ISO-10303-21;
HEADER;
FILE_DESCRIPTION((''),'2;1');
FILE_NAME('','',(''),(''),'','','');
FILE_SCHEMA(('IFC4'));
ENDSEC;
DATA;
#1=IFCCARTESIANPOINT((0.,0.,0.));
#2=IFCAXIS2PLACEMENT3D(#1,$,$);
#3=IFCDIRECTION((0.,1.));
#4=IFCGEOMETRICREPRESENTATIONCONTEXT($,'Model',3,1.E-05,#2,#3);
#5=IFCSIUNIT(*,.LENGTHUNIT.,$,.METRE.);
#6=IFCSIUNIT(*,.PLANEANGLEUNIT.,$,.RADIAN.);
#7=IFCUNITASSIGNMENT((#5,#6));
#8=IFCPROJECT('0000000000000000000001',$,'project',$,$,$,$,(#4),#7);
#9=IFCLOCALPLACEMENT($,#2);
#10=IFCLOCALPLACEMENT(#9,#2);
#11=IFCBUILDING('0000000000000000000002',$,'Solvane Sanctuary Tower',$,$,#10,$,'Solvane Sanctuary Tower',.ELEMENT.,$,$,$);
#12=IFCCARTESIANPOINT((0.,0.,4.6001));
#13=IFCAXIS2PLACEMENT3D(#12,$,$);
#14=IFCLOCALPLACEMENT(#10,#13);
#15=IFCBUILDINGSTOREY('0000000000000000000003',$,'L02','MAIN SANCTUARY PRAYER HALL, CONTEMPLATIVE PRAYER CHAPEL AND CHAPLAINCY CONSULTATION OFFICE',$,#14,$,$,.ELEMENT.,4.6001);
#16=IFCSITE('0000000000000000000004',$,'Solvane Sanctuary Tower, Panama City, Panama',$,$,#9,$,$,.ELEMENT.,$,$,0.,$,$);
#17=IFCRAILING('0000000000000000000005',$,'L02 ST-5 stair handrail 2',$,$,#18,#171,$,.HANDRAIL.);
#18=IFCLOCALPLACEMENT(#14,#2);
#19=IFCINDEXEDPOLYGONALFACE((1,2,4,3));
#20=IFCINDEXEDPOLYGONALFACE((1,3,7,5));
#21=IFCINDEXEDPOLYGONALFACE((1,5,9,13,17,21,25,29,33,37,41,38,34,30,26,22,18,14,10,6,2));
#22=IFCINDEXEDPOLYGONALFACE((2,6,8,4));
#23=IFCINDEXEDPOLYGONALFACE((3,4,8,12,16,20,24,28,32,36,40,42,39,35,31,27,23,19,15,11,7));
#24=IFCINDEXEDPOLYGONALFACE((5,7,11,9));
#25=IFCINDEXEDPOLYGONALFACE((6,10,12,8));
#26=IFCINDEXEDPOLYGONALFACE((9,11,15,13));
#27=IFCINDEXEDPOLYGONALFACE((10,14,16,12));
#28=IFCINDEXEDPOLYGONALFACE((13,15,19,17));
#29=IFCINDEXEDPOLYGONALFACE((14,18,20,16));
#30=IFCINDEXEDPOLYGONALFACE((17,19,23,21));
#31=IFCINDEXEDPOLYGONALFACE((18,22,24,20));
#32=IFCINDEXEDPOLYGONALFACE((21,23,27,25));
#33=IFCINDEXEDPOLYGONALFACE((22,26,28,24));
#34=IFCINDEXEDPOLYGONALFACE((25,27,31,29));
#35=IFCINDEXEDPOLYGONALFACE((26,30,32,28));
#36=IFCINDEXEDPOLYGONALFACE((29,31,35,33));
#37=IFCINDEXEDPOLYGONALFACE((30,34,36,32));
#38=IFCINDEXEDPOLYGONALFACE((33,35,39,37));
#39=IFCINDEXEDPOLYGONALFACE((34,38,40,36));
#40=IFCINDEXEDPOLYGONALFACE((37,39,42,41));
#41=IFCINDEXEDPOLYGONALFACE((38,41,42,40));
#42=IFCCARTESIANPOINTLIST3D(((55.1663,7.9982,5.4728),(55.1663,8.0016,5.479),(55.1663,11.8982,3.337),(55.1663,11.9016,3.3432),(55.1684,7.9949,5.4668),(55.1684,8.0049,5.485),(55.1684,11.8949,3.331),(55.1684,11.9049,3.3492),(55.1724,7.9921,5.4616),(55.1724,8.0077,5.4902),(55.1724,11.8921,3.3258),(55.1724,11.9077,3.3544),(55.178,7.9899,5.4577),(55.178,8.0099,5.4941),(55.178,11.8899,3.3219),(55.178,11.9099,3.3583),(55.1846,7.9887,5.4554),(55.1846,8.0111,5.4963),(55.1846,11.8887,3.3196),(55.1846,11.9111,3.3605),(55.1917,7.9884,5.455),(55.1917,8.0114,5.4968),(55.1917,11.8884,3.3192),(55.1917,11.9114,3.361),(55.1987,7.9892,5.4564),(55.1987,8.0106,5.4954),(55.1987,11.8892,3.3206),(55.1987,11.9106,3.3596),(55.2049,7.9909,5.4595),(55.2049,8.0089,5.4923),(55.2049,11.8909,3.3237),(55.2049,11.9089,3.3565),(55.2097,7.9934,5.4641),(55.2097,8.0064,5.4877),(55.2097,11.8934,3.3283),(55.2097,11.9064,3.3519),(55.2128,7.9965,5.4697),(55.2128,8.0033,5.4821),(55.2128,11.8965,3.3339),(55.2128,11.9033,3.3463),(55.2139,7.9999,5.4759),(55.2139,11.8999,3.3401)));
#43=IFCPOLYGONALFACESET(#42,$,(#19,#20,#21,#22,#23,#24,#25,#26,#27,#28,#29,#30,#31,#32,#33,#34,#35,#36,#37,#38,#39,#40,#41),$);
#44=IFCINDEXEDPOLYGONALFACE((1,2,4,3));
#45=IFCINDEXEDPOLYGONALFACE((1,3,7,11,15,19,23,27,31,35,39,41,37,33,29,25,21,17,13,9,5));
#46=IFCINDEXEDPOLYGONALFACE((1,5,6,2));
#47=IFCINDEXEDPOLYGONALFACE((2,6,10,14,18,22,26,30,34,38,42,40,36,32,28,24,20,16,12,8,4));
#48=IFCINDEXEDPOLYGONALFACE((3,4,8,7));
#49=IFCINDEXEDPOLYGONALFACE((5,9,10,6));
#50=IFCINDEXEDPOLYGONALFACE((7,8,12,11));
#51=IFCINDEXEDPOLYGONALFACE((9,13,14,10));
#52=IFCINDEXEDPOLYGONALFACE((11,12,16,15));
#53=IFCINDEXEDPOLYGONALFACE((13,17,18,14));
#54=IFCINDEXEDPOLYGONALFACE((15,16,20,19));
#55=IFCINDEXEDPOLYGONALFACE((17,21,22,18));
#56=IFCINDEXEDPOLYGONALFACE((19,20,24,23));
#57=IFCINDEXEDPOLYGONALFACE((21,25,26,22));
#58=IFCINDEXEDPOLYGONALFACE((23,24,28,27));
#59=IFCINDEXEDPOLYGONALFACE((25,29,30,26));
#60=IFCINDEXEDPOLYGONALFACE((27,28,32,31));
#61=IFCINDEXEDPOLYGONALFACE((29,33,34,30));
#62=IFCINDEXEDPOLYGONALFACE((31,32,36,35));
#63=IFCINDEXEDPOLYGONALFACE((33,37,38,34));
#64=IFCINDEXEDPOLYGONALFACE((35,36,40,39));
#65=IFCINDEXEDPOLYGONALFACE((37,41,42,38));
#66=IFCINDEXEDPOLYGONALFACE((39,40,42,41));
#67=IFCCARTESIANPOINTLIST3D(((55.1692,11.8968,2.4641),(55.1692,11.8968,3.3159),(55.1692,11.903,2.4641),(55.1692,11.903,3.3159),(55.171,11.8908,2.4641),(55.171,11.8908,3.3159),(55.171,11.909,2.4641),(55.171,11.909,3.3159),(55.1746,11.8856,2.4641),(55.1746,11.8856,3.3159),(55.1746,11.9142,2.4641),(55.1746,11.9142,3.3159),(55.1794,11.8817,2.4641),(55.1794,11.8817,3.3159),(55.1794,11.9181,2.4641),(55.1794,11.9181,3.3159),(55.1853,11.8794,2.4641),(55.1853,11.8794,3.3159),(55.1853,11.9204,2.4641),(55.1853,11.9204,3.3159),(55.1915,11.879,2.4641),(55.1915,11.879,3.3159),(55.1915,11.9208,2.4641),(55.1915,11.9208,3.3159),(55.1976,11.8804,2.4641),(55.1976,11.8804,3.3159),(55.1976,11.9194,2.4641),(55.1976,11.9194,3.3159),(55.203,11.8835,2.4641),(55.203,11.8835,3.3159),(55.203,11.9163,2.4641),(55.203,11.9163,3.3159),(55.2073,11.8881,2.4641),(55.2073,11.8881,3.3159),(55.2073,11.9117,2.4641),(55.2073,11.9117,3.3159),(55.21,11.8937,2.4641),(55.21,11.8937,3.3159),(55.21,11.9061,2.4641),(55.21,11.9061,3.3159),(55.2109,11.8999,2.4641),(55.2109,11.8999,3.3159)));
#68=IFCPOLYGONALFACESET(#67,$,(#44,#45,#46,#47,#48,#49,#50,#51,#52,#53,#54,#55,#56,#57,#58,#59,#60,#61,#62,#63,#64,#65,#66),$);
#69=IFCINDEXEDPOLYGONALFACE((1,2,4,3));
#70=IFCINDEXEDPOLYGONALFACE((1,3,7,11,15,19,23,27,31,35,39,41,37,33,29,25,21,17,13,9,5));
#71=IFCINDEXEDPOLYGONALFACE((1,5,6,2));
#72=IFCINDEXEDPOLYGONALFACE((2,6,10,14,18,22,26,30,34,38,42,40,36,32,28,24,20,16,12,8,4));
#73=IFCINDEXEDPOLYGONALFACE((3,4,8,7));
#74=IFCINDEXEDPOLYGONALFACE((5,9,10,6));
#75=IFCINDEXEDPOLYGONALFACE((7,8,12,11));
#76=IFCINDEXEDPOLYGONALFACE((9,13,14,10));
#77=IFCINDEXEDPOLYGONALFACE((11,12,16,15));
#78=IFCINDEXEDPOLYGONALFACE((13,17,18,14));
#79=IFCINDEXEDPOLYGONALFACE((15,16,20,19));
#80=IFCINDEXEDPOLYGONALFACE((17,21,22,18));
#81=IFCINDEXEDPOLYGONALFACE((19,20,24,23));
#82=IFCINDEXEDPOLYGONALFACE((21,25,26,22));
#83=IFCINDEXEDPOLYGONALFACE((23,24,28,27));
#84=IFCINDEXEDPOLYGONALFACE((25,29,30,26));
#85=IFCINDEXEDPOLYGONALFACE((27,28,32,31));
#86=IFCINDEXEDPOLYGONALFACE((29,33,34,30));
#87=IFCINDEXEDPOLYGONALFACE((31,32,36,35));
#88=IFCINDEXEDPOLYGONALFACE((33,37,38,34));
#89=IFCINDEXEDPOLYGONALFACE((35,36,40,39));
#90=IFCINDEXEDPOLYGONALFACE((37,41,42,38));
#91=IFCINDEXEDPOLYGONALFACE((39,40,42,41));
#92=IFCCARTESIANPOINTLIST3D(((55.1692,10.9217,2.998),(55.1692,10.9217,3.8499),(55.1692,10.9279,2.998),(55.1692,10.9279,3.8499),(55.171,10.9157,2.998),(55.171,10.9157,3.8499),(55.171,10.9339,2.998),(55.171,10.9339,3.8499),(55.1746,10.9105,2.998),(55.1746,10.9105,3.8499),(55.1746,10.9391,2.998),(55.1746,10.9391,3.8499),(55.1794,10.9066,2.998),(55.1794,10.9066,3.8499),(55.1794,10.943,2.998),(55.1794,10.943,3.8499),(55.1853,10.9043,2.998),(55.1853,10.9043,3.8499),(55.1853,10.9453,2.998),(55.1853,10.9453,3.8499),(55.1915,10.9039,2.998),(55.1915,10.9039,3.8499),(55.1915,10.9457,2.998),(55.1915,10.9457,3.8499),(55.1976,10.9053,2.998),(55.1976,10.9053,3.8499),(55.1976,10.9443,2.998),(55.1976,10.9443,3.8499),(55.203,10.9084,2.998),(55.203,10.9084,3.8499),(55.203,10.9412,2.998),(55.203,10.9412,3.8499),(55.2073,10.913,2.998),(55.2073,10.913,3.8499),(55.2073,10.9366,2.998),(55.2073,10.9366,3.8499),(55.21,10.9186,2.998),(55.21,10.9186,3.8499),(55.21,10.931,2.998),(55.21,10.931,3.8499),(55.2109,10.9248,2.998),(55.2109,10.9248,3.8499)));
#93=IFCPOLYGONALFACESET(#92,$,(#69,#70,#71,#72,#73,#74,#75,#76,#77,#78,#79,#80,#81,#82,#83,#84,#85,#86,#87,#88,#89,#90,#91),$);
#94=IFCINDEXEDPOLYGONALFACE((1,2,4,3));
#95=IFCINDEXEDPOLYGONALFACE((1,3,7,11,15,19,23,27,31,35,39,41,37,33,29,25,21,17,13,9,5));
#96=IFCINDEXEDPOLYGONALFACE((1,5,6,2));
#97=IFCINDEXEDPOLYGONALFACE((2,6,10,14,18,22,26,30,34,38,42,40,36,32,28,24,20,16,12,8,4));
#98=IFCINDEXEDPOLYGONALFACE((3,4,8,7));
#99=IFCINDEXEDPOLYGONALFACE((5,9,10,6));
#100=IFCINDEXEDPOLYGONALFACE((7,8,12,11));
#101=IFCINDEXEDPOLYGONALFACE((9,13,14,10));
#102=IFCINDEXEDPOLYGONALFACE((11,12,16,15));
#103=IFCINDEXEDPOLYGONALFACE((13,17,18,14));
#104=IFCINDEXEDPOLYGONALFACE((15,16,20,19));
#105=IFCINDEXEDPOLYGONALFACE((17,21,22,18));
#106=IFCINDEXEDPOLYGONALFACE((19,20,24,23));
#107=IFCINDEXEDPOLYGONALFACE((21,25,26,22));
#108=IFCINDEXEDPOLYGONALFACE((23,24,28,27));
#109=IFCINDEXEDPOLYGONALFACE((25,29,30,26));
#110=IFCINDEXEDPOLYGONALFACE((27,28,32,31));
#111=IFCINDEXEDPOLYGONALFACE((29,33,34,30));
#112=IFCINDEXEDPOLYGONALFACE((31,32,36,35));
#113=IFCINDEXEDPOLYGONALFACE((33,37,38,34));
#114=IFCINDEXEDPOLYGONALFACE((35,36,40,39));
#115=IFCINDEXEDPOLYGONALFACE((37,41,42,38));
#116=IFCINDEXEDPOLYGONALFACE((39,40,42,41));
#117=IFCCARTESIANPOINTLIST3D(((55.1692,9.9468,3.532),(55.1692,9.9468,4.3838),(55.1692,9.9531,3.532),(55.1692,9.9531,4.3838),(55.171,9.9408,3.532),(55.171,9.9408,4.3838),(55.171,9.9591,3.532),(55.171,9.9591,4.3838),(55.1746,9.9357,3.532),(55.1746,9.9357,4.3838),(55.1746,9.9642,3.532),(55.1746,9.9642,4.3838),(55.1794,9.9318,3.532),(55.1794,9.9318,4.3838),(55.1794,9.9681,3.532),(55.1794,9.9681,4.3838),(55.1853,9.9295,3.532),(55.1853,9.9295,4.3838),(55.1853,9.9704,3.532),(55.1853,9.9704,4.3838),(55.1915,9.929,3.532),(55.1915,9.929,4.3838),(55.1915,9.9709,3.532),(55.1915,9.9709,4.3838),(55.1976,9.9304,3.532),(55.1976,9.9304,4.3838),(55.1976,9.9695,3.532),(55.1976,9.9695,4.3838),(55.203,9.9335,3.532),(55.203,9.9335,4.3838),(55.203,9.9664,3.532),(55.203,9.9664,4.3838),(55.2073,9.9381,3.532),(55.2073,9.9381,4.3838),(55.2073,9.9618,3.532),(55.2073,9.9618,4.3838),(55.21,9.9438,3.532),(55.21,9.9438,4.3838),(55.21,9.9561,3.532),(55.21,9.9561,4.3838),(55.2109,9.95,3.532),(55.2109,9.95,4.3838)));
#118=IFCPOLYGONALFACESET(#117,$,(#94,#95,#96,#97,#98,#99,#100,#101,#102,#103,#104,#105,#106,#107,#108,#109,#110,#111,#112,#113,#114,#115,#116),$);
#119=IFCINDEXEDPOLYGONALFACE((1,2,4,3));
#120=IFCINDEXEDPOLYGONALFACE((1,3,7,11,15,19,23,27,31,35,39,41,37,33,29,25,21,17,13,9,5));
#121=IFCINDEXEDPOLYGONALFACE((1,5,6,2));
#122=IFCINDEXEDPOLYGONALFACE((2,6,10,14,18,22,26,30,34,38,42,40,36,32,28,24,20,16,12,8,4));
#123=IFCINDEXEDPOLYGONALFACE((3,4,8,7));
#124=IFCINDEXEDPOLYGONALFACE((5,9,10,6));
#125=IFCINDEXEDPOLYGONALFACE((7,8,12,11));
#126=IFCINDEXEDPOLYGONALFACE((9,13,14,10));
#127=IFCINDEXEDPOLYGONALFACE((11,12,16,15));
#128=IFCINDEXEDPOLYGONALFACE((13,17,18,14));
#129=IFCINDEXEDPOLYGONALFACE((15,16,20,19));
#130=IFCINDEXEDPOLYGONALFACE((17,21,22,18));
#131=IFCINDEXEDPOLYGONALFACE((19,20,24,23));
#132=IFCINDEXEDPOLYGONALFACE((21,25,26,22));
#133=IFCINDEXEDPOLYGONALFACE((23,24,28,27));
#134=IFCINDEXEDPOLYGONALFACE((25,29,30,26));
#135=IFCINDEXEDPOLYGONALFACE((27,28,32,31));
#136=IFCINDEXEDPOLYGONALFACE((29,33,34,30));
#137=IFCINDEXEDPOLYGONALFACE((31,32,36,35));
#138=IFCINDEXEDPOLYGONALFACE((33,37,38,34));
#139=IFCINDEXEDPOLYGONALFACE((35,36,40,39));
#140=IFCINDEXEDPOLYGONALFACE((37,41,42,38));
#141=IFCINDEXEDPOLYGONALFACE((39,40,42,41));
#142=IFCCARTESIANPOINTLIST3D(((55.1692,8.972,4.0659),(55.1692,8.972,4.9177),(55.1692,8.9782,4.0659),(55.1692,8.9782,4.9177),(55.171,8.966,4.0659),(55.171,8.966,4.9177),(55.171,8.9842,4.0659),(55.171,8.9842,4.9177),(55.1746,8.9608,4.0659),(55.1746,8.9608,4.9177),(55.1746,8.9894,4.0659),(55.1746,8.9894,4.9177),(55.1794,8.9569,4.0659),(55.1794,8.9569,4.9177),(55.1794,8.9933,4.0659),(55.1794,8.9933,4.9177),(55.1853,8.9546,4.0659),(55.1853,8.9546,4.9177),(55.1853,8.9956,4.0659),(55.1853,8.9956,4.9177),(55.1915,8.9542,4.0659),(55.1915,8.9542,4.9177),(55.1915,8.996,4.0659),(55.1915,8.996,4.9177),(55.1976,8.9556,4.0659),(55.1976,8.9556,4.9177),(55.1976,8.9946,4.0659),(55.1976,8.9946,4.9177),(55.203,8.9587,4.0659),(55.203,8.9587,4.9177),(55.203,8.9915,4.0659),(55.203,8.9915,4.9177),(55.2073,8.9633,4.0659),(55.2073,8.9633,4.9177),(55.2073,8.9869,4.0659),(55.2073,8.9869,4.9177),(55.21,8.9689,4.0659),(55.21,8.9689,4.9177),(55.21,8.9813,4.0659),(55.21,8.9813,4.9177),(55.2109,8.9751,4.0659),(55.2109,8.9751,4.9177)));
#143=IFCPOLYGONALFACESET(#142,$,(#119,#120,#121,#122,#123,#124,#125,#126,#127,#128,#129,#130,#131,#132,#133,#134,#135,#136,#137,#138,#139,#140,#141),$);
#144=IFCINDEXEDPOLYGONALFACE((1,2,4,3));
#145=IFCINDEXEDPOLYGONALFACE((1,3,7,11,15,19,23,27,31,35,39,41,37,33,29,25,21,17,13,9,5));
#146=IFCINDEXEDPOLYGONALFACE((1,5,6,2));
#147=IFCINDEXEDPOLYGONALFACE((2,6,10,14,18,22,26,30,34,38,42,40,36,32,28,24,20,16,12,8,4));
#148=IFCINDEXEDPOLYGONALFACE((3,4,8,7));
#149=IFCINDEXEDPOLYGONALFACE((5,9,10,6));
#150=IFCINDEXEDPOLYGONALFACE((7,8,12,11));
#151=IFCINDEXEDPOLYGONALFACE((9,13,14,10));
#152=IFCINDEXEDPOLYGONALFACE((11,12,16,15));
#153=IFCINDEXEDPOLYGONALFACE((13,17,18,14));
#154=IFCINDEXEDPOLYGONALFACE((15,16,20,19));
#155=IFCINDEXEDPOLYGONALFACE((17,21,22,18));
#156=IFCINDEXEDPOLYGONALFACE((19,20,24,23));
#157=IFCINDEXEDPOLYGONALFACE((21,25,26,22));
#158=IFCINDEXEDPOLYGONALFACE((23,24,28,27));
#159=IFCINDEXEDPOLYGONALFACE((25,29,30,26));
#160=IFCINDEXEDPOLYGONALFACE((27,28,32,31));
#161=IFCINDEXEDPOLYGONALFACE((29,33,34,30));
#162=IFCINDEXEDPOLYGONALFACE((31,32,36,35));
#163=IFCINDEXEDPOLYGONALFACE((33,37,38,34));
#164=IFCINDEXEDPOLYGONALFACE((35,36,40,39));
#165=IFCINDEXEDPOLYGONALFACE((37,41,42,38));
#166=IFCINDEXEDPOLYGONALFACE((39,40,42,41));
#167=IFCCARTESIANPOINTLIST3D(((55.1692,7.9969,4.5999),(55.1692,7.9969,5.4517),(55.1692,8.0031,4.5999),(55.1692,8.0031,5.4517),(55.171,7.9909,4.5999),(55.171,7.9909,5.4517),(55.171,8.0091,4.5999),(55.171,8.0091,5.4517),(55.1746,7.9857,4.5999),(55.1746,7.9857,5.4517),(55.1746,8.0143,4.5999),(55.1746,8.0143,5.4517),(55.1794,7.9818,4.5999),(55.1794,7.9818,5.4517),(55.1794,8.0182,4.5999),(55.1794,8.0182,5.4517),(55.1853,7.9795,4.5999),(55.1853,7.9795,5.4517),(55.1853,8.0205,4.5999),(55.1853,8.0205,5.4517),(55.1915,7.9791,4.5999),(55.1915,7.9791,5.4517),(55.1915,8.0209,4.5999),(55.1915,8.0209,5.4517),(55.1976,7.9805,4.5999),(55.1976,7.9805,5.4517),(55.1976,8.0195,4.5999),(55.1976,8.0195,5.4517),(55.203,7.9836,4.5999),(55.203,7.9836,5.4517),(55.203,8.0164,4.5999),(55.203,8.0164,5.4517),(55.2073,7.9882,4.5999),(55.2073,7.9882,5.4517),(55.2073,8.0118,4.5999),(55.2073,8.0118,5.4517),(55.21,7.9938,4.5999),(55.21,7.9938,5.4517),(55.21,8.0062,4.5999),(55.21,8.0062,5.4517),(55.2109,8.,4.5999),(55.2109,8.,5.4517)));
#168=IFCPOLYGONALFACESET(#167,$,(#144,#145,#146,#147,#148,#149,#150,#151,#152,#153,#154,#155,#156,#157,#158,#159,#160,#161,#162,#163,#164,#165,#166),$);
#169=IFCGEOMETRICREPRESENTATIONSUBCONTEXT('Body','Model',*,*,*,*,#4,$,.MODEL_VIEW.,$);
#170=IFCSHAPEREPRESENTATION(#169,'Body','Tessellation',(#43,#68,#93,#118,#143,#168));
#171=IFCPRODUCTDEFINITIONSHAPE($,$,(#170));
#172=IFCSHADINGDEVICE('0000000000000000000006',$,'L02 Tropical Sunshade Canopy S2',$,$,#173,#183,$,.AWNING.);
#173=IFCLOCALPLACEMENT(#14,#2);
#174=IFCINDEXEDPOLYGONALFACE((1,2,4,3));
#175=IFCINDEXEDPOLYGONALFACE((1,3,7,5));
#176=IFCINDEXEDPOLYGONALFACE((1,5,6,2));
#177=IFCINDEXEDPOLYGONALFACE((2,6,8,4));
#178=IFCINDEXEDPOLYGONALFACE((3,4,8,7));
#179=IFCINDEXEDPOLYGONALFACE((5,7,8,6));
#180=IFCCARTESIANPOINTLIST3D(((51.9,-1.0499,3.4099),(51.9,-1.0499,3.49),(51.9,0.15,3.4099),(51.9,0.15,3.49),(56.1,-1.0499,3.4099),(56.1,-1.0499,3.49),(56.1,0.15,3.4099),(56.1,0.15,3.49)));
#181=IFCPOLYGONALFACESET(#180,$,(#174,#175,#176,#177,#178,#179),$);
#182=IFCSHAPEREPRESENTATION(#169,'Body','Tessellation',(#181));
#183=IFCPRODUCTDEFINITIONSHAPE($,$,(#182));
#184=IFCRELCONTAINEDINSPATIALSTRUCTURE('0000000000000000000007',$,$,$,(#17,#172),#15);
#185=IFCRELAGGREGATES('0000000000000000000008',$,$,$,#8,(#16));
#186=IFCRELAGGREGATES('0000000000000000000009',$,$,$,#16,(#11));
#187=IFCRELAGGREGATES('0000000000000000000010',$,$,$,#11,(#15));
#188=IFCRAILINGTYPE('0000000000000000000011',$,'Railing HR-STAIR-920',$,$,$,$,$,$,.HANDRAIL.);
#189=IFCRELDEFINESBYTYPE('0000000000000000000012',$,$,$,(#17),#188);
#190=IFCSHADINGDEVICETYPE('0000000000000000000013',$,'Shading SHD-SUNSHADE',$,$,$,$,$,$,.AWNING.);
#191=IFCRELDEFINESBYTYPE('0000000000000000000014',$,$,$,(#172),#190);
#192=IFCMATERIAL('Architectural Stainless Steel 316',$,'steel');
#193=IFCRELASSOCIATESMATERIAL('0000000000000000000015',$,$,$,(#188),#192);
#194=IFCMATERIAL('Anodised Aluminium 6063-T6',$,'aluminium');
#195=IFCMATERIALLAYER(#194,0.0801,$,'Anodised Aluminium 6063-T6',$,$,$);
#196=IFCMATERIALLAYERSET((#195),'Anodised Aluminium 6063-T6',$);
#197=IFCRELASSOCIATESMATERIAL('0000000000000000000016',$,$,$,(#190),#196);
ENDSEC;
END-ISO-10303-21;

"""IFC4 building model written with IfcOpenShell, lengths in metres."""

from ifc_helpers import new_model, si_unit, direction, frame, origin, origin_2d, place, context, subcontext, project, spatial, rectangle, circle, extrude, material, layer, layer_set, type_object, element, save


model = new_model("IFC4")

# Units and contexts
model_context = context("Model", 3, precision=1e-05, world=origin(), true_north=direction((0.0, 1.0)))
body_context = subcontext(model_context, "Body", "Model", "MODEL_VIEW")
ifc_project = project(units=[si_unit("LENGTHUNIT", "METRE"), si_unit("PLANEANGLEUNIT", "RADIAN")], contexts=[model_context])

# Site, building, storey
site_placement = place(None, origin())
site = spatial("IfcSite", under=ifc_project, at=site_placement, Name="Solvane Sanctuary Tower, Panama City, Panama", CompositionType="ELEMENT", RefElevation=0.0)
building_placement = place(site_placement, origin())
building = spatial("IfcBuilding", under=site, at=building_placement, Name="Solvane Sanctuary Tower", LongName="Solvane Sanctuary Tower", CompositionType="ELEMENT")
storey_placement = place(building_placement, frame((0.0, 0.0, 4.6001)))
storey = spatial("IfcBuildingStorey", under=building, at=storey_placement, Name="L02", Description="MAIN SANCTUARY PRAYER HALL, CONTEMPLATIVE PRAYER CHAPEL AND CHAPLAINCY CONSULTATION OFFICE", CompositionType="ELEMENT", Elevation=4.6001)

# Shared definitions
ifc_material_1 = material(Name="Architectural Stainless Steel 316", Category="steel")

# Railing
railing_type_1 = type_object("IfcRailingType", Name="Railing HR-STAIR-920", PredefinedType="HANDRAIL", material=ifc_material_1)
railing_1_placement = place(storey_placement, frame((55.1899, 11.8999, 2.4641)))
element("IfcRailing", 1, at=railing_1_placement, inside=storey, type_object=railing_type_1, Name="L02 ST-5 stair handrail 2", PredefinedType="HANDRAIL", context=body_context, shape_type="SweptSolid", body=[
    extrude(circle(Radius=0.0239, at=origin_2d()), frame((0.0, 0.0, 0.876), z_axis=(0.0, -0.877089, 0.480329), x_axis=(1.0, 0.0, 0.0)), (0.0, 0.0, 1.0), 4.4465),
    extrude(circle(Radius=0.021, at=origin_2d()), origin(), (0.0, 0.0, 1.0), 0.8518),
    extrude(circle(Radius=0.021, at=origin_2d()), frame((0.0, -0.9751, 0.5339)), (0.0, 0.0, 1.0), 0.8518),
    extrude(circle(Radius=0.021, at=origin_2d()), frame((0.0, -1.95, 1.0679)), (0.0, 0.0, 1.0), 0.8518),
    extrude(circle(Radius=0.021, at=origin_2d()), frame((0.0, -2.9248, 1.6018)), (0.0, 0.0, 1.0), 0.8518),
    extrude(circle(Radius=0.021, at=origin_2d()), frame((0.0, -3.8999, 2.1357)), (0.0, 0.0, 1.0), 0.8518),
])

# Shading device
ifc_material_2 = material(Name="Anodised Aluminium 6063-T6", Category="aluminium")
ifc_layer_1 = layer(ifc_material_2, 0.0801, Name="Anodised Aluminium 6063-T6")
ifc_layer_set_1 = layer_set([ifc_layer_1], Name="Anodised Aluminium 6063-T6")
shading_device_type = type_object("IfcShadingDeviceType", Name="Shading SHD-SUNSHADE", PredefinedType="AWNING", material=ifc_layer_set_1)
shading_device_placement = place(storey_placement, frame((54.0, -0.45, 3.4099), z_axis=(0.0, 0.0, 1.0), x_axis=(1.0, 0.0, 0.0)))
element("IfcShadingDevice", 2, at=shading_device_placement, inside=storey, type_object=shading_device_type, Name="L02 Tropical Sunshade Canopy S2", PredefinedType="AWNING", context=body_context, shape_type="SweptSolid", body=[
    extrude(rectangle(XDim=4.2, YDim=1.2, at=origin_2d()), origin(), (0.0, 0.0, 1.0), 0.0801),
])

save(model, "model.ifc")
